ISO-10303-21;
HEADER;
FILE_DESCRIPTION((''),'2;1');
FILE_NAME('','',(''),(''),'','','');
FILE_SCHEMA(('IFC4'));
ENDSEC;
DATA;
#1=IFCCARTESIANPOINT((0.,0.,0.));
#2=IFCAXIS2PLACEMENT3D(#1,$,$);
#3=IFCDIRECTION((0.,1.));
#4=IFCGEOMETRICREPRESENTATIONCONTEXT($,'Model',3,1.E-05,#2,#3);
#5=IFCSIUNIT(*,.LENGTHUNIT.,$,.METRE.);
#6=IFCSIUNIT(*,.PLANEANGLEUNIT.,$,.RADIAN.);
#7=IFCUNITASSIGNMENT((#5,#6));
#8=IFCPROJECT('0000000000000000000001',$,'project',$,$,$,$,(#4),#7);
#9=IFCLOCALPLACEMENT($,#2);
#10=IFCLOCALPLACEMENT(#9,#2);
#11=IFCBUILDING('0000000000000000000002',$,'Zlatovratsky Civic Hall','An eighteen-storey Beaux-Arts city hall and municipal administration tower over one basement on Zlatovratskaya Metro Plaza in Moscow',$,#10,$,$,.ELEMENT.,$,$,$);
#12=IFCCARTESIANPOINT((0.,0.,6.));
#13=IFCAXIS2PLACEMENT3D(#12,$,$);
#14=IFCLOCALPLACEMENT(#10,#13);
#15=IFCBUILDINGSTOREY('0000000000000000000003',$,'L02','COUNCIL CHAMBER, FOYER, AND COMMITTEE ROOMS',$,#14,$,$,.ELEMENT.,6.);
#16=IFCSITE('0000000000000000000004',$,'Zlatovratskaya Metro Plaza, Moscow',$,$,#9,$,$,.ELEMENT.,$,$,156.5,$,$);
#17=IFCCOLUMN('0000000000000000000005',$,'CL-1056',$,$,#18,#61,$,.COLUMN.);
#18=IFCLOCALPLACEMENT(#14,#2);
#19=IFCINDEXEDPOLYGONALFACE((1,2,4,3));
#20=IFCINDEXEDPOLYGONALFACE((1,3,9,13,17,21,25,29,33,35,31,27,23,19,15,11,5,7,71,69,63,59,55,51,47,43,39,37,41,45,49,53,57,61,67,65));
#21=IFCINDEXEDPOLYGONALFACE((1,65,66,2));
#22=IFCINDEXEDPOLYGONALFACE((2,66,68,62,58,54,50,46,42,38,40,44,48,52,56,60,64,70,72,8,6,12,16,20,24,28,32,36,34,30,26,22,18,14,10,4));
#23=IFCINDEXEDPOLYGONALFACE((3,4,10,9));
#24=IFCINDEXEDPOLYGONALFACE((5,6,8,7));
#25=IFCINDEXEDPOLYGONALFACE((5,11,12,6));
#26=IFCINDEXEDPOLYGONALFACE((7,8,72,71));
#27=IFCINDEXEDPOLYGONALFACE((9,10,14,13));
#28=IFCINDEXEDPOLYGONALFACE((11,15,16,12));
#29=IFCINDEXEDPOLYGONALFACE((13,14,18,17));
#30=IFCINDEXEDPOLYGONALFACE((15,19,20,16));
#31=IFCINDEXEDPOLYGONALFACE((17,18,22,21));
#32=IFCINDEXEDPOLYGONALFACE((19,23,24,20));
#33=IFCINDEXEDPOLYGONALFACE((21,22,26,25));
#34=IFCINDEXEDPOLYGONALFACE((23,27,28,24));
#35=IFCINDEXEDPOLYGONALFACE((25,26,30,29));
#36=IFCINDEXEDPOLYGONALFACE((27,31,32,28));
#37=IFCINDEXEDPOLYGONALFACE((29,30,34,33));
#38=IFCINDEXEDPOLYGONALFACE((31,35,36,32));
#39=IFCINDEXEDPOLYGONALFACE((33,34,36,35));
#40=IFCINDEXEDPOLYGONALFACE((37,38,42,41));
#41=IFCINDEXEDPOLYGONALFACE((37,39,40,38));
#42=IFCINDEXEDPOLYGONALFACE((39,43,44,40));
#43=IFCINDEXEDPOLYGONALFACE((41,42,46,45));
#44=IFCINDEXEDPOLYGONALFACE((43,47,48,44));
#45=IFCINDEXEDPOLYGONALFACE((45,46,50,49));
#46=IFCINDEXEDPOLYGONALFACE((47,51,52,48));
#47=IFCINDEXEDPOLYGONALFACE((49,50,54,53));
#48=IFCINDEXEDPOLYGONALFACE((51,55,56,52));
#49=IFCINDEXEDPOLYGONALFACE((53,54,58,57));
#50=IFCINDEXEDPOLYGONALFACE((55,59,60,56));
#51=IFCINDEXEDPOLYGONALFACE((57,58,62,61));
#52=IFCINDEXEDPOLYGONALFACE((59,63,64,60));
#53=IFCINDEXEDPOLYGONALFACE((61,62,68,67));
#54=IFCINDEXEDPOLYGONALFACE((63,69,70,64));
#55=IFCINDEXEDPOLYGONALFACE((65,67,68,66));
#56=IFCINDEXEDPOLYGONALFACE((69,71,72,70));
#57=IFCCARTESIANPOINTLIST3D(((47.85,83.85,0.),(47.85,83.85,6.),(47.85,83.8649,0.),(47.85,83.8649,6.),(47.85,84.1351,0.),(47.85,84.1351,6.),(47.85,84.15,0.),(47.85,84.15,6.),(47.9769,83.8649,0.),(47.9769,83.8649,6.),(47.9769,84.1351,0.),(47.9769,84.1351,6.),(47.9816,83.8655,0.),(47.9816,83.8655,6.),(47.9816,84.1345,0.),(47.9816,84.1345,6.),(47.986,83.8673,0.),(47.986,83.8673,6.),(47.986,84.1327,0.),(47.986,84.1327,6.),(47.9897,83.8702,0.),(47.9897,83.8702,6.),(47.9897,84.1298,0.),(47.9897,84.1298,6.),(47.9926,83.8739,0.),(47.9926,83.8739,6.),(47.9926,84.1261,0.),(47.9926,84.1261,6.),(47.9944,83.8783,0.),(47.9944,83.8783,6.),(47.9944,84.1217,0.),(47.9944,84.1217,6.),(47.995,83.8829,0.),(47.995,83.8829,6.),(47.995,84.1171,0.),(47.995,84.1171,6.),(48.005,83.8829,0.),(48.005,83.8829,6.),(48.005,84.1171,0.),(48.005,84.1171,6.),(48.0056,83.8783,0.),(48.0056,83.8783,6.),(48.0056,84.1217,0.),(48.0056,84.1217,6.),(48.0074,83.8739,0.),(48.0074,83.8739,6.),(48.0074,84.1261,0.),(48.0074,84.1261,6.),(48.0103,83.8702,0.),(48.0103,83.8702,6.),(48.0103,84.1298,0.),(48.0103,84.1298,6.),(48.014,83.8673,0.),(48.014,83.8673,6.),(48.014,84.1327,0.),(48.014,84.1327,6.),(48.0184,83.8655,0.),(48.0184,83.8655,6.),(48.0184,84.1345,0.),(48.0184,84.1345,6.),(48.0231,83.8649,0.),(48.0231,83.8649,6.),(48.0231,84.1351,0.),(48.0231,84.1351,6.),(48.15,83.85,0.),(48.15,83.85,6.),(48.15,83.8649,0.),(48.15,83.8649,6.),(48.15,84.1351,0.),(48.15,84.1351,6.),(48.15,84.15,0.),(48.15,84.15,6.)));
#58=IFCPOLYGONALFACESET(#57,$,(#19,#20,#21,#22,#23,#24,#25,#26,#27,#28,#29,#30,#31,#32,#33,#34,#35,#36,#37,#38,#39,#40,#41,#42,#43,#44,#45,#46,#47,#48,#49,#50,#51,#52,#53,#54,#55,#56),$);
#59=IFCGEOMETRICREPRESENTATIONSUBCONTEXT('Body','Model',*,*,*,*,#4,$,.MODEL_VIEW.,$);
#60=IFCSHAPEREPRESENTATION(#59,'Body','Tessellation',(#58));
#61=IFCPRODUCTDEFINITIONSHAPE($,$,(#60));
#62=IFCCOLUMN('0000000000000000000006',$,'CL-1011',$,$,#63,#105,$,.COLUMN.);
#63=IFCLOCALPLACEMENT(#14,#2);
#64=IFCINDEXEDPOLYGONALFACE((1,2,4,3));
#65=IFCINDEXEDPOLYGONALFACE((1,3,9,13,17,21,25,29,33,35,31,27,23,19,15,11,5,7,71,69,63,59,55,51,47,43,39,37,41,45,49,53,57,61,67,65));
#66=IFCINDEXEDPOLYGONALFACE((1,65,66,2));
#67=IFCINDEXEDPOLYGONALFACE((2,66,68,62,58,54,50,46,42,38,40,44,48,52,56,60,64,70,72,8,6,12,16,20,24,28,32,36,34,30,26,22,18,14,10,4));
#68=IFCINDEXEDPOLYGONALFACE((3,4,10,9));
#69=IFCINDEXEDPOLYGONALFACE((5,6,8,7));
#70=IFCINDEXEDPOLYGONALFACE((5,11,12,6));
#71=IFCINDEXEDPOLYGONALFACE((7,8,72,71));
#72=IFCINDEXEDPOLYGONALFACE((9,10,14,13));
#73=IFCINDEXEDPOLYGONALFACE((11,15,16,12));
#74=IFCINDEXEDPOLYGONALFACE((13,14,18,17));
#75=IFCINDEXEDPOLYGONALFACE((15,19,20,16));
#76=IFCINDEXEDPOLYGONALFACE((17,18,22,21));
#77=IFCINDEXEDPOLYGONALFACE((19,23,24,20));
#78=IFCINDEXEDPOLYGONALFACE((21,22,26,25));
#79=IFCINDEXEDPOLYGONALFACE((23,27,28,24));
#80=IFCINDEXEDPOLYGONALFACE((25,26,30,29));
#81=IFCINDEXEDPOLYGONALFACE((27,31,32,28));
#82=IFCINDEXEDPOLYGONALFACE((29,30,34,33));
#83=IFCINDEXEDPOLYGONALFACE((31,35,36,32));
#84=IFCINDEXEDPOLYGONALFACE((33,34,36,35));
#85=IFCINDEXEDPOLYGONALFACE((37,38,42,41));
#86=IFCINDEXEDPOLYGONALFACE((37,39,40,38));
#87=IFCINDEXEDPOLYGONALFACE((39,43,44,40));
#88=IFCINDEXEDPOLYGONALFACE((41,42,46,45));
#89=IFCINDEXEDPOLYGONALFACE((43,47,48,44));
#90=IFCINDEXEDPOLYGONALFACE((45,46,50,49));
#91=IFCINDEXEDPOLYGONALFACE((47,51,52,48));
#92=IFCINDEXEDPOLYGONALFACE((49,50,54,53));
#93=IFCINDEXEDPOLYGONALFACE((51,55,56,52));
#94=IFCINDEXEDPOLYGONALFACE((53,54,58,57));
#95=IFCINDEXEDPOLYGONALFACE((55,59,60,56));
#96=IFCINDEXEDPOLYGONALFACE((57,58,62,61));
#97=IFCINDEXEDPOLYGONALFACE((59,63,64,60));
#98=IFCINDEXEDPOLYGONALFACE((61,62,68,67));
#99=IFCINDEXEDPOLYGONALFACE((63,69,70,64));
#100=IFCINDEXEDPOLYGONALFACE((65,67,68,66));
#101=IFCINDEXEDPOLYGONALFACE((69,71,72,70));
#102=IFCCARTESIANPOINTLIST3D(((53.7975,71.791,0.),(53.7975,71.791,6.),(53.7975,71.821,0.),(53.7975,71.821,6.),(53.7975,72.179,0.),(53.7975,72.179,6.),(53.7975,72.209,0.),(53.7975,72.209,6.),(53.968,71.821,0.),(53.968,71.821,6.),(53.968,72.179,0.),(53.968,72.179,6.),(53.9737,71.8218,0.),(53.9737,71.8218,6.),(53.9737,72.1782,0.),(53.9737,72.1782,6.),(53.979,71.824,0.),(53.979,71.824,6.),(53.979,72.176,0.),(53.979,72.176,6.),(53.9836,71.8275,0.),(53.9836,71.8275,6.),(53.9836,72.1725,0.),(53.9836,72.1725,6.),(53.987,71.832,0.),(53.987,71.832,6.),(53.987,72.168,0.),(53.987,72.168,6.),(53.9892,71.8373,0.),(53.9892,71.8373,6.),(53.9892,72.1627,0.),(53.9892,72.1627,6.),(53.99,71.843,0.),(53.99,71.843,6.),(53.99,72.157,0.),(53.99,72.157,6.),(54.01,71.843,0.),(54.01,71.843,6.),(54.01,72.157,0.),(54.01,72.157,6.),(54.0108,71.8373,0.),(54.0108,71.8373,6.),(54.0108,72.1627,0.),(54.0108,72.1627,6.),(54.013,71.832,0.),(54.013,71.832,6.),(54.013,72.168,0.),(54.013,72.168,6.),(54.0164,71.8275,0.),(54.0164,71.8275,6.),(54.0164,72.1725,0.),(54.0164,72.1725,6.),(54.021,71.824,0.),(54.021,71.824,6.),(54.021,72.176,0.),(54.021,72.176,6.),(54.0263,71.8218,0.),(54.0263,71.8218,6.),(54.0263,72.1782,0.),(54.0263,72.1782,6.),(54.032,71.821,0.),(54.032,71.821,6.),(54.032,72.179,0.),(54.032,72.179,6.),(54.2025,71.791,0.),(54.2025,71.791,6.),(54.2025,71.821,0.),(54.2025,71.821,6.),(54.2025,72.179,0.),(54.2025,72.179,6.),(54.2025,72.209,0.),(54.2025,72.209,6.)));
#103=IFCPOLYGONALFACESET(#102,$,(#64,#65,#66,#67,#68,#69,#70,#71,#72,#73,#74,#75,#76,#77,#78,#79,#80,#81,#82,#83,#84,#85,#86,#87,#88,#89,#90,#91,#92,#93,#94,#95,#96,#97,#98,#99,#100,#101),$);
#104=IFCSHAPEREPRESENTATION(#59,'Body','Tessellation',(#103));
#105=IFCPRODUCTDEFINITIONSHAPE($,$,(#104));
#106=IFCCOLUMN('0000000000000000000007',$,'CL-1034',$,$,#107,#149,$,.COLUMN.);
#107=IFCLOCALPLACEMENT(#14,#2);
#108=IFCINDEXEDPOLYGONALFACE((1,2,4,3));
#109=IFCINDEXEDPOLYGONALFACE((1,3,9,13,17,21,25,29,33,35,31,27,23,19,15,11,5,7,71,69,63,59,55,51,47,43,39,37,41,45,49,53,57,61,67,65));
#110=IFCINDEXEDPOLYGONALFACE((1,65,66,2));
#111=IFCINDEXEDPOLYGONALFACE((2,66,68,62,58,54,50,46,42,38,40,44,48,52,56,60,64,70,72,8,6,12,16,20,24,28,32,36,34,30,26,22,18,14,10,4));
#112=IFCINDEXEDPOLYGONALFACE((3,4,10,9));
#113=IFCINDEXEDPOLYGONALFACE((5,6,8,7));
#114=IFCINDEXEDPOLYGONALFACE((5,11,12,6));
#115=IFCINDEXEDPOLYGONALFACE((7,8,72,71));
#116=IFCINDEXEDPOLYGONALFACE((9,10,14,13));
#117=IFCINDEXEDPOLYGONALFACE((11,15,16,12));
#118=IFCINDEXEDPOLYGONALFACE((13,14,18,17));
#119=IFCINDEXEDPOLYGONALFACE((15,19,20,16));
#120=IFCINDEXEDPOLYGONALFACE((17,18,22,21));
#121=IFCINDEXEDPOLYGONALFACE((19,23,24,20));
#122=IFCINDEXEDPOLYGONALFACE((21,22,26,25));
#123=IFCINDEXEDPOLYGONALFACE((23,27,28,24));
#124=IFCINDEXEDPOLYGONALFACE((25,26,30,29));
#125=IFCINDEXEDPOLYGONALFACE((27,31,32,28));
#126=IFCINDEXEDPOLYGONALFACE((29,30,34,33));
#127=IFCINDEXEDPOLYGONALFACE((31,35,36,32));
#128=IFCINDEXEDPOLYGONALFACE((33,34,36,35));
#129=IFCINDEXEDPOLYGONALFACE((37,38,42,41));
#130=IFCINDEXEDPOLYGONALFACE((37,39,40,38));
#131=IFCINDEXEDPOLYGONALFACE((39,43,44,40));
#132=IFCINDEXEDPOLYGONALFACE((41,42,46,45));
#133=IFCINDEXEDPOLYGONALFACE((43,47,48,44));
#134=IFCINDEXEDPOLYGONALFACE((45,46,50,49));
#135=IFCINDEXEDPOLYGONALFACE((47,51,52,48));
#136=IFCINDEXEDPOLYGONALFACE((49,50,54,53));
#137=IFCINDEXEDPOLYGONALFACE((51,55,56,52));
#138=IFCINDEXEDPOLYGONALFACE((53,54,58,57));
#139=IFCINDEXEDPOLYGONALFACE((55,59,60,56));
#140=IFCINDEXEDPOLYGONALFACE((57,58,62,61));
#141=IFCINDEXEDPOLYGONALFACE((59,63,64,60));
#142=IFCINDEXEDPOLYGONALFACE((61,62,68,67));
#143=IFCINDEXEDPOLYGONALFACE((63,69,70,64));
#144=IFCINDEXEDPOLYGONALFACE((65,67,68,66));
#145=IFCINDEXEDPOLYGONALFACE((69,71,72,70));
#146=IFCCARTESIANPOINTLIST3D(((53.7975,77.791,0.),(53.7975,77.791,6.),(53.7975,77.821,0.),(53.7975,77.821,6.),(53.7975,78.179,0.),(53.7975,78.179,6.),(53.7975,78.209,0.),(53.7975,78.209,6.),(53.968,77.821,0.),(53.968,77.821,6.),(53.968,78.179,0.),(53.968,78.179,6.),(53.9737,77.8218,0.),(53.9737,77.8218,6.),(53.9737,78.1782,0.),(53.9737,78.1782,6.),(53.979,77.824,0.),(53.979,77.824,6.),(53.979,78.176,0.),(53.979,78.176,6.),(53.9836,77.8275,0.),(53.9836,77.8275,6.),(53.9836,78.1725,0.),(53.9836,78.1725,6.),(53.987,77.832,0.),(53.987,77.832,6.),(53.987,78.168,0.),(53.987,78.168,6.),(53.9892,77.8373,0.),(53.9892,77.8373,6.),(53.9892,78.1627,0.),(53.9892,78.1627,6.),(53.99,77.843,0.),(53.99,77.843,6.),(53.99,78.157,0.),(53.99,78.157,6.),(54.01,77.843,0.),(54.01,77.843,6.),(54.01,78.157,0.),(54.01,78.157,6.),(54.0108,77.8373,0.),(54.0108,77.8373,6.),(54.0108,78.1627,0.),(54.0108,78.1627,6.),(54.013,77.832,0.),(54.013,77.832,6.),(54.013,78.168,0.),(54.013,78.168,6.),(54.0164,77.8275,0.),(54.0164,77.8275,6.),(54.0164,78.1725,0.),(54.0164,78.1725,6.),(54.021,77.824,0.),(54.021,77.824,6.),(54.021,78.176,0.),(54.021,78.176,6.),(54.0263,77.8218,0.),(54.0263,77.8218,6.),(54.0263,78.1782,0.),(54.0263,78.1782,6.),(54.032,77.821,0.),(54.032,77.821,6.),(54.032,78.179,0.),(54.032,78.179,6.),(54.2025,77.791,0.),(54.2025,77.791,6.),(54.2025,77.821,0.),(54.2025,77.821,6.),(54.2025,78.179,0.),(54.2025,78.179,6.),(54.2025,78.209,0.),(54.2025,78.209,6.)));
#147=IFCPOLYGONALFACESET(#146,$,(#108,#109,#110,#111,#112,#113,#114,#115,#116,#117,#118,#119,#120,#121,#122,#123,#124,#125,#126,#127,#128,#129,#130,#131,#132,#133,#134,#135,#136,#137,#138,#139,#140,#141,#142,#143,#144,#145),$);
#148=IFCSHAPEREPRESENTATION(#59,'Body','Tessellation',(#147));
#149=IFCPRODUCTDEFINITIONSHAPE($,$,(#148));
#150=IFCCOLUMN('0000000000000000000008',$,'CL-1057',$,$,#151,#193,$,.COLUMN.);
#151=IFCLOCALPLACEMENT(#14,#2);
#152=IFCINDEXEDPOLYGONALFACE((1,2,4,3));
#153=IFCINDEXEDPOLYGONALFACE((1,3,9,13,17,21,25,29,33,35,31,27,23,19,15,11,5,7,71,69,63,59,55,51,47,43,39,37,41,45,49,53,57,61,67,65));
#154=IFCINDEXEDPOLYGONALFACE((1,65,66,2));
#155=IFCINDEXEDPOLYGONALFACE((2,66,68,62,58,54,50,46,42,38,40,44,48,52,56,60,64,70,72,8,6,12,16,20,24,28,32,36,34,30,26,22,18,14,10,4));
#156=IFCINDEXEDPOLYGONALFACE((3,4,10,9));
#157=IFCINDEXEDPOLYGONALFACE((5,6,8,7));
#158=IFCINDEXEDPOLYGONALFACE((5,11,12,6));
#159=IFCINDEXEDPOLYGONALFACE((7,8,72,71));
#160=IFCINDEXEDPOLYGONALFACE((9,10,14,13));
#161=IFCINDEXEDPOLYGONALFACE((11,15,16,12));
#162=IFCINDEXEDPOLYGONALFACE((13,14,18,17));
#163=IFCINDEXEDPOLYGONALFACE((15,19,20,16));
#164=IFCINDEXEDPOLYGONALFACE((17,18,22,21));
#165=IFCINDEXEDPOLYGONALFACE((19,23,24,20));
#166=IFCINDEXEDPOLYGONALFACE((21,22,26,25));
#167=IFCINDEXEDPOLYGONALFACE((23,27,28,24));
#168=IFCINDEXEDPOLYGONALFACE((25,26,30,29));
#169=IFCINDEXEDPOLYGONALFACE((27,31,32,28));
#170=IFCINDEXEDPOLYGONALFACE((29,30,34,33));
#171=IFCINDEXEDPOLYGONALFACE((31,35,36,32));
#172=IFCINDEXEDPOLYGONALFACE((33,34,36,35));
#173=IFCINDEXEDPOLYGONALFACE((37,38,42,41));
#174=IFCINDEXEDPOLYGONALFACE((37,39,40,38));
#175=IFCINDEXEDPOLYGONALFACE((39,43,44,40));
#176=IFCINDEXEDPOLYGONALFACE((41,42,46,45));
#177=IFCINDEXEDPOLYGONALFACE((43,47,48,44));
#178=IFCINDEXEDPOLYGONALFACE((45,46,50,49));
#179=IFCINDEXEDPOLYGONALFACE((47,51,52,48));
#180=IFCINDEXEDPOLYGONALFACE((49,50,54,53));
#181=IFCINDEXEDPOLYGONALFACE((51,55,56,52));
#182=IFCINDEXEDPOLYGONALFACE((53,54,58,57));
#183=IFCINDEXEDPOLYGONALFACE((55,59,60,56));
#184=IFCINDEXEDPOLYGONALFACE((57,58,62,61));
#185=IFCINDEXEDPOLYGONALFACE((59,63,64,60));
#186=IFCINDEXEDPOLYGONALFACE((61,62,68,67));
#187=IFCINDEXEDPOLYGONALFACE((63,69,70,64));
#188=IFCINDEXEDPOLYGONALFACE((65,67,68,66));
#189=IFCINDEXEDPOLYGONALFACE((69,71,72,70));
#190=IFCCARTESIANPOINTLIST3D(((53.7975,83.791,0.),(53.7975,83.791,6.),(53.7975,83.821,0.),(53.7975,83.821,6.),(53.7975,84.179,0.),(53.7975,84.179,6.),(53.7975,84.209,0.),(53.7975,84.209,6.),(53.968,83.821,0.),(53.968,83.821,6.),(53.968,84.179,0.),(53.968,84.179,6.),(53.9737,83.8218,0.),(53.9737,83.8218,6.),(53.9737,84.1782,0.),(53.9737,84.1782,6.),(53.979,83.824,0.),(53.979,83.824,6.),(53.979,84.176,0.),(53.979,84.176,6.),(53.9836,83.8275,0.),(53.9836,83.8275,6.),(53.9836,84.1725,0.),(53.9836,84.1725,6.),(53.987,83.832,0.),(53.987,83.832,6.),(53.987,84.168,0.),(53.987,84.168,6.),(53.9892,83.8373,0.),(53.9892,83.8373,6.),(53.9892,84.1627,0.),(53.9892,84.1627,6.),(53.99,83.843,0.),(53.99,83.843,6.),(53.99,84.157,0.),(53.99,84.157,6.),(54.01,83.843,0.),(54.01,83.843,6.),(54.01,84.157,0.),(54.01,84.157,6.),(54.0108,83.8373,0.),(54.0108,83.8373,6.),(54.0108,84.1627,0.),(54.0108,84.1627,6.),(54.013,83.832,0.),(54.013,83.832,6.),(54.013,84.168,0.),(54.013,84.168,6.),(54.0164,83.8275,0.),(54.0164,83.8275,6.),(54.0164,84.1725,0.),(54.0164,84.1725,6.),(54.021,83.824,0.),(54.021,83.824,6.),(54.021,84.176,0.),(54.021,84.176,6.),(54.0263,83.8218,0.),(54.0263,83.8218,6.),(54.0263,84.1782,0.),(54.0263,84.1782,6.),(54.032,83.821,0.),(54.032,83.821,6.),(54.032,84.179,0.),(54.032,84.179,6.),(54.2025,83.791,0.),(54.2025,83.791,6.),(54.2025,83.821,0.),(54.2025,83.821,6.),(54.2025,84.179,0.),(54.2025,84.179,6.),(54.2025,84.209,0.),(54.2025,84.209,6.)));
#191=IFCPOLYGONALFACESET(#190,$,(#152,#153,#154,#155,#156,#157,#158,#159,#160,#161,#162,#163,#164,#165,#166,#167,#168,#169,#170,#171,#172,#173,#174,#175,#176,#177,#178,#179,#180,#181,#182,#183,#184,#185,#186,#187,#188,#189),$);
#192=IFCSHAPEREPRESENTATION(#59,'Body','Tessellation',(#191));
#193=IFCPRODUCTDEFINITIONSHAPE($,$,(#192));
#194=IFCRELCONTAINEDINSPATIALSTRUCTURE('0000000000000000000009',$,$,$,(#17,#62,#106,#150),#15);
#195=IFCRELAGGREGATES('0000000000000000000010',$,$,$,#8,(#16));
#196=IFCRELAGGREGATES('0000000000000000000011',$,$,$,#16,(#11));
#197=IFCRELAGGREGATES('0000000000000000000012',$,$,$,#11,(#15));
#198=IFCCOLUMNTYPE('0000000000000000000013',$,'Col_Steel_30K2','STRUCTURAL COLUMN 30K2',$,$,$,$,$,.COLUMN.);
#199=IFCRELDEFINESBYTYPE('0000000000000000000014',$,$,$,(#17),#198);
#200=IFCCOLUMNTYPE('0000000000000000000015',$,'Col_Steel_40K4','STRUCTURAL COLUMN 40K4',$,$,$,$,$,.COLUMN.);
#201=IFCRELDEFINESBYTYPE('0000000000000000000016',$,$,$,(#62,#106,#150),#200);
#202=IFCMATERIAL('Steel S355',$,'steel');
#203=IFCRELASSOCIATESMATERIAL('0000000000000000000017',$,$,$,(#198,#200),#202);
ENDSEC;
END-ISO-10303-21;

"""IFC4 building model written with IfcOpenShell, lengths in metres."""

from ifc_helpers import new_model, si_unit, direction, frame, origin, origin_2d, place, context, subcontext, project, spatial, i_section, extrude, material, material_profile, profile_set, type_object, element, save


model = new_model("IFC4")

# Units and contexts
model_context = context("Model", 3, precision=1e-05, world=origin(), true_north=direction((0.0, 1.0)))
body_context = subcontext(model_context, "Body", "Model", "MODEL_VIEW")
ifc_project = project(units=[si_unit("LENGTHUNIT", "METRE"), si_unit("PLANEANGLEUNIT", "RADIAN")], contexts=[model_context])

# Site, building, storey
site_placement = place(None, origin())
site = spatial("IfcSite", under=ifc_project, at=site_placement, Name="Zlatovratskaya Metro Plaza, Moscow", CompositionType="ELEMENT", RefElevation=156.5)
building_placement = place(site_placement, origin())
building = spatial("IfcBuilding", under=site, at=building_placement, Name="Zlatovratsky Civic Hall", Description="An eighteen-storey Beaux-Arts city hall and municipal administration tower over one basement on Zlatovratskaya Metro Plaza in Moscow", CompositionType="ELEMENT")
storey_placement = place(building_placement, frame((0.0, 0.0, 6.0)))
storey = spatial("IfcBuildingStorey", under=building, at=storey_placement, Name="L02", Description="COUNCIL CHAMBER, FOYER, AND COMMITTEE ROOMS", CompositionType="ELEMENT", Elevation=6.0)

# Columns
ifc_material_1 = material(Name="Steel S355", Category="steel")
ifc_material_profile_1 = material_profile(ifc_material_1, i_section(OverallWidth=0.3, OverallDepth=0.3, WebThickness=0.01, FlangeThickness=0.0149, FilletRadius=0.0181, at=origin_2d()), Name="30K2")
ifc_profile_set_1 = profile_set([ifc_material_profile_1], Name="Steel S355")
column_type_1 = type_object("IfcColumnType", Name="Col_Steel_30K2", Description="STRUCTURAL COLUMN 30K2", PredefinedType="COLUMN", material=ifc_profile_set_1)
for number, where, z_axis, x_axis, name in (
    (1, (48.0, 84.0, 0.0), (0.0, 0.0, 1.0), (1.0, 0.0, 0.0), "CL-1056"),
):
    element("IfcColumn", number, at=place(storey_placement, frame(where, z_axis=z_axis, x_axis=x_axis)), inside=storey, type_object=column_type_1, Name=name, PredefinedType="COLUMN", context=body_context, shape_type="SweptSolid", body=[
        extrude(i_section(OverallWidth=0.3, OverallDepth=0.3, WebThickness=0.01, FlangeThickness=0.0149, FilletRadius=0.0181, at=origin_2d()), origin(), (0.0, 0.0, 1.0), 6.0),
    ])
ifc_material_profile_2 = material_profile(ifc_material_1, i_section(OverallWidth=0.405, OverallDepth=0.418, WebThickness=0.02, FlangeThickness=0.03, FilletRadius=0.022, at=origin_2d()), Name="40K4")
ifc_profile_set_2 = profile_set([ifc_material_profile_2], Name="Steel S355")
column_type_2 = type_object("IfcColumnType", Name="Col_Steel_40K4", Description="STRUCTURAL COLUMN 40K4", PredefinedType="COLUMN", material=ifc_profile_set_2)
for number, where, z_axis, x_axis, name in (
    (2, (54.0, 72.0, 0.0), (0.0, 0.0, 1.0), (1.0, 0.0, 0.0), "CL-1011"),
    (3, (54.0, 78.0, 0.0), (0.0, 0.0, 1.0), (1.0, 0.0, 0.0), "CL-1034"),
    (4, (54.0, 84.0, 0.0), (0.0, 0.0, 1.0), (1.0, 0.0, 0.0), "CL-1057"),
):
    element("IfcColumn", number, at=place(storey_placement, frame(where, z_axis=z_axis, x_axis=x_axis)), inside=storey, type_object=column_type_2, Name=name, PredefinedType="COLUMN", context=body_context, shape_type="SweptSolid", body=[
        extrude(i_section(OverallWidth=0.405, OverallDepth=0.418, WebThickness=0.02, FlangeThickness=0.03, FilletRadius=0.022, at=origin_2d()), origin(), (0.0, 0.0, 1.0), 6.0),
    ])

save(model, "model.ifc")
